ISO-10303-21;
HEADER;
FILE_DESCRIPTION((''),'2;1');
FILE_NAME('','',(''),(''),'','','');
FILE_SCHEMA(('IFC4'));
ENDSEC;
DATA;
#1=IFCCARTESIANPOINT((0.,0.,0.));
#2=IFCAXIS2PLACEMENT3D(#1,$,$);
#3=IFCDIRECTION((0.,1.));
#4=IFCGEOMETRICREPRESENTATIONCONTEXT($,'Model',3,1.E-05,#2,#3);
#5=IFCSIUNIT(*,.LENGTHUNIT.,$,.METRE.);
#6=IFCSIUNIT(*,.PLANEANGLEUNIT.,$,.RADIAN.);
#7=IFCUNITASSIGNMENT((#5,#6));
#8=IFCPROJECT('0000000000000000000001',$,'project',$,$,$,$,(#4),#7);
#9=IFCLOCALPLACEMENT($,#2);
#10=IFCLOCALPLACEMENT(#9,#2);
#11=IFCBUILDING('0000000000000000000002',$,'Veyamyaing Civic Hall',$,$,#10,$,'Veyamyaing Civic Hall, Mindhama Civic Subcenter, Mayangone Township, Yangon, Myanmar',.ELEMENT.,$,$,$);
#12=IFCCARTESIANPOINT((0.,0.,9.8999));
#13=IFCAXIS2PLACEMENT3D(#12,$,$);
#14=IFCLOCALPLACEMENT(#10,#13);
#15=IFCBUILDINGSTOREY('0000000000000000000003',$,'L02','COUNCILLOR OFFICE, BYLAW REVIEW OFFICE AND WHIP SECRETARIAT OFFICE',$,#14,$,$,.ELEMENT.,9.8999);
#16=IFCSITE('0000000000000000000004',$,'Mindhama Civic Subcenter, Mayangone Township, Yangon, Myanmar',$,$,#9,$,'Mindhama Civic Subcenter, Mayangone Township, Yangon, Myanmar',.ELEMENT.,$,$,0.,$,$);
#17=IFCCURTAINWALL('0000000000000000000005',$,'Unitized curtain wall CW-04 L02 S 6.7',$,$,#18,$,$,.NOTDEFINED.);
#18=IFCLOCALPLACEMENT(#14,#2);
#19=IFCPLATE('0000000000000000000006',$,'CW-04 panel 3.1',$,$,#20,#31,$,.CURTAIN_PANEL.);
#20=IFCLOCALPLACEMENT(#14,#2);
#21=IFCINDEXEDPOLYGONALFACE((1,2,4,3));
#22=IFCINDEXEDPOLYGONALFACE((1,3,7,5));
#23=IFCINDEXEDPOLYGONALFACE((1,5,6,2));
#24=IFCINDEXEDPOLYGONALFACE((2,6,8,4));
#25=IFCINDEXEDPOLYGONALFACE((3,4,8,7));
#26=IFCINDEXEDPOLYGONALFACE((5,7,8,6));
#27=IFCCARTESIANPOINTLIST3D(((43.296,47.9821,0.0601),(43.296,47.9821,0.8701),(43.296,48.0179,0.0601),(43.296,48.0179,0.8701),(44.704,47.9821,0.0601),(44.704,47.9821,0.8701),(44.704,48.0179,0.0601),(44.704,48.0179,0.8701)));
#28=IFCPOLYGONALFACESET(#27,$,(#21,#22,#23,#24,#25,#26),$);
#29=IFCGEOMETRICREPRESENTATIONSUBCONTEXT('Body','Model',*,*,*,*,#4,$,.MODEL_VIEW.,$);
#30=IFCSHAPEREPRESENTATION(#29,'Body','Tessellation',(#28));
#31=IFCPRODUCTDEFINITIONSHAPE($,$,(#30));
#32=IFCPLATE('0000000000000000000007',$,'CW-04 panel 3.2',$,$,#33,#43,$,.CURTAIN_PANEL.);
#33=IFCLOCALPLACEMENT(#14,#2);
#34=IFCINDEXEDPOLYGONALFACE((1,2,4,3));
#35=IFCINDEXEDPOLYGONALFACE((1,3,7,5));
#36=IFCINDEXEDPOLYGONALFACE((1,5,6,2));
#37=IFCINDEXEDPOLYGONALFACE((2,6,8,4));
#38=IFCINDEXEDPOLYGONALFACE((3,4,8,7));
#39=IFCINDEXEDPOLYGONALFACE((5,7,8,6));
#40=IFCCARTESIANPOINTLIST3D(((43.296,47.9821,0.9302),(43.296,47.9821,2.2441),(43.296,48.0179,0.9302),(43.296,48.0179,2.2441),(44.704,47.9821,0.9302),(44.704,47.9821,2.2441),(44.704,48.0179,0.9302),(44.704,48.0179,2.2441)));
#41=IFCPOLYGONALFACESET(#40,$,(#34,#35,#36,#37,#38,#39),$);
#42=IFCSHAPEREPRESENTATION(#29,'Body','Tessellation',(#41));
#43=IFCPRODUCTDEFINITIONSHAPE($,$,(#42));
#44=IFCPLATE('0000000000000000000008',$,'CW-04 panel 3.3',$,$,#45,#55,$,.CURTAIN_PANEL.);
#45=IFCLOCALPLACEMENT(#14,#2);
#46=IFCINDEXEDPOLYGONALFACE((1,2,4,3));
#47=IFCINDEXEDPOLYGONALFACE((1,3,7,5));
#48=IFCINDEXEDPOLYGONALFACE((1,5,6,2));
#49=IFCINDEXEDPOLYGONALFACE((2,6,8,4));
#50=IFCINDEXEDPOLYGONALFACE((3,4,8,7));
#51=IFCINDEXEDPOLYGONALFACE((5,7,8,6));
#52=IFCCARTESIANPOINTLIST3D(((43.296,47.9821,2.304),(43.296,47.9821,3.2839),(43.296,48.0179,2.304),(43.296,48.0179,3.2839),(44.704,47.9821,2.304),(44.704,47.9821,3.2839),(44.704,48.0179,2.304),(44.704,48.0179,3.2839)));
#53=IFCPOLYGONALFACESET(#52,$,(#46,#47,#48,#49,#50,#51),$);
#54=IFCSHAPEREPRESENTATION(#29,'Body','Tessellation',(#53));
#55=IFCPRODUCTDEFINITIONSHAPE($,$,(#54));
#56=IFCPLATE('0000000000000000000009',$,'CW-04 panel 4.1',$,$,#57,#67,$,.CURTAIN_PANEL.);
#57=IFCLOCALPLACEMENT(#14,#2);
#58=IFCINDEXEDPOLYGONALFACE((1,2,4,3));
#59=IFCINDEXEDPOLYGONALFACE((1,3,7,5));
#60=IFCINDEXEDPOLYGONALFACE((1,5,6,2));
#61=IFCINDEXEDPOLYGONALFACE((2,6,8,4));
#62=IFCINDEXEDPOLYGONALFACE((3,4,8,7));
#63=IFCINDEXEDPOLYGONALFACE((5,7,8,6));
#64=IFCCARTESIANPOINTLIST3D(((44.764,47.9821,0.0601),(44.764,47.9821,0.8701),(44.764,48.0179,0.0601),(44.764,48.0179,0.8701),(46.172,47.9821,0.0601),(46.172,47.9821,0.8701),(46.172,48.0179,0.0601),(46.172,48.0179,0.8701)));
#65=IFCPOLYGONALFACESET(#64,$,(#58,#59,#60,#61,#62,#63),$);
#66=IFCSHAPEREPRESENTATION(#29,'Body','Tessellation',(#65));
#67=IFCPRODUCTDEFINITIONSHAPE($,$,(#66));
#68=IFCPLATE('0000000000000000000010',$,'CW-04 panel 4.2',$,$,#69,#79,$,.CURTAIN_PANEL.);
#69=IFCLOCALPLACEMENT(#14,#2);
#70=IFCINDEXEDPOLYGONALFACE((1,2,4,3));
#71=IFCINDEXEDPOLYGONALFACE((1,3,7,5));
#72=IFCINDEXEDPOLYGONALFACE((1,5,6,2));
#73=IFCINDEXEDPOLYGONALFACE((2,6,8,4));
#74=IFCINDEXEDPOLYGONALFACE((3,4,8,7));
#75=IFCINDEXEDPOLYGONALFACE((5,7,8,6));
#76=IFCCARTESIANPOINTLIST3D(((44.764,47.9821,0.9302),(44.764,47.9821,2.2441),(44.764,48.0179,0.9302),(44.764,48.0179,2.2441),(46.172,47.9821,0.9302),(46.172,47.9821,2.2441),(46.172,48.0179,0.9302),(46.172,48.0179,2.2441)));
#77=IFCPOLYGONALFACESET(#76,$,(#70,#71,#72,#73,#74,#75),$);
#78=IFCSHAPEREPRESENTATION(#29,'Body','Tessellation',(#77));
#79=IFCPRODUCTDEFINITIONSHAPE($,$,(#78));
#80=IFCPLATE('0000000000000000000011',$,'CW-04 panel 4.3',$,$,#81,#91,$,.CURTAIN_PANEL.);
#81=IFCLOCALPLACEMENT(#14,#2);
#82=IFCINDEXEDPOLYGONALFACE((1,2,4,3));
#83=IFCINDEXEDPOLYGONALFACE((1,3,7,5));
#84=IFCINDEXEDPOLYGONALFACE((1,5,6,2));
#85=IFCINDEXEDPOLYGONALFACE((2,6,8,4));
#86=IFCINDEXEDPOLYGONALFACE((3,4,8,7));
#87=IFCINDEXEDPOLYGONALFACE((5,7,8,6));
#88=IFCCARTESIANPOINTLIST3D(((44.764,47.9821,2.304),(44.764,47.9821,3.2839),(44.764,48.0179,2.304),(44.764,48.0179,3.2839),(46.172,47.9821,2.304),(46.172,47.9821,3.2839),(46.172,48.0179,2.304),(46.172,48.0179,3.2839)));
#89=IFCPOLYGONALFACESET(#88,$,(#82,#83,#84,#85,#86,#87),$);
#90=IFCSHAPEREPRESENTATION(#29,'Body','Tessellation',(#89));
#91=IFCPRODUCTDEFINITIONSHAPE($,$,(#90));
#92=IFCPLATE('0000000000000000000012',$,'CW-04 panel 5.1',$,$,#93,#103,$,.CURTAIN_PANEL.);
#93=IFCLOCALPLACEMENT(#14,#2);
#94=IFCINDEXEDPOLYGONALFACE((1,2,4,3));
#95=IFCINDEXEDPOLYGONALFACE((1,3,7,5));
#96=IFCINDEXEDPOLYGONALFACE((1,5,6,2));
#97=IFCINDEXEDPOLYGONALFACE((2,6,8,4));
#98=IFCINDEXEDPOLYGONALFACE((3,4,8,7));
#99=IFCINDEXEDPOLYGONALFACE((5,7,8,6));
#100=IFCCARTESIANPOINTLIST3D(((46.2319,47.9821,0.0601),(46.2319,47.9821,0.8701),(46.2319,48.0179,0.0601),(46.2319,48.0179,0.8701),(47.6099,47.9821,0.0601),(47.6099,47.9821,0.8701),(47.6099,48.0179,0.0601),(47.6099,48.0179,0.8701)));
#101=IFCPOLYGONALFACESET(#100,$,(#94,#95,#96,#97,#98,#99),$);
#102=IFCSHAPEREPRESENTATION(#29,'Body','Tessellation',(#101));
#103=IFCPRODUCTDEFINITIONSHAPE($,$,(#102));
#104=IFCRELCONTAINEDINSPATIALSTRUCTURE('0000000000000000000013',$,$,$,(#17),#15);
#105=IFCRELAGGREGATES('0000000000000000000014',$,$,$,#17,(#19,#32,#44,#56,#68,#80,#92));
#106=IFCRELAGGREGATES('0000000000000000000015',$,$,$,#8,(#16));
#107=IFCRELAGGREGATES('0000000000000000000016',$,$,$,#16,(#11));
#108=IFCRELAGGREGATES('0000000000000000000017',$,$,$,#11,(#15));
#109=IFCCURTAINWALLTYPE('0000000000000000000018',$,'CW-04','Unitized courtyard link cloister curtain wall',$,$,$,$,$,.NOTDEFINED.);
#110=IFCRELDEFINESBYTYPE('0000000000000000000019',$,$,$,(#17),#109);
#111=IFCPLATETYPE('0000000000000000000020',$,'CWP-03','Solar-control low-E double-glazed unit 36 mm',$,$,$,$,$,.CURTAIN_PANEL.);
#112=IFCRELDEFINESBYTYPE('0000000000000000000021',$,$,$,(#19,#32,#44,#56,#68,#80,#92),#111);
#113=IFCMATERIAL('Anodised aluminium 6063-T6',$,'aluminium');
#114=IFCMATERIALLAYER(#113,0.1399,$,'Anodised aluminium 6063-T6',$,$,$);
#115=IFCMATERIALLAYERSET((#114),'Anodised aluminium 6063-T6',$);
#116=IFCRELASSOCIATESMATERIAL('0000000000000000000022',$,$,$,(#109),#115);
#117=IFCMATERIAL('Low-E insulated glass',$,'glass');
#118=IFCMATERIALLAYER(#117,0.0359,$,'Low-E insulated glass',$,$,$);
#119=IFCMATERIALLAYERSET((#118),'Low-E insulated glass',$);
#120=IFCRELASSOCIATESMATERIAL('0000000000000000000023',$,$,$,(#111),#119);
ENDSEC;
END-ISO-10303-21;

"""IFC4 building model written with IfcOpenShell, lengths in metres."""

from ifc_helpers import new_model, si_unit, direction, frame, origin, origin_2d, place, context, subcontext, project, spatial, rectangle, extrude, material, layer, layer_set, type_object, element, aggregate, save


model = new_model("IFC4")

# Units and contexts
model_context = context("Model", 3, precision=1e-05, world=origin(), true_north=direction((0.0, 1.0)))
body_context = subcontext(model_context, "Body", "Model", "MODEL_VIEW")
ifc_project = project(units=[si_unit("LENGTHUNIT", "METRE"), si_unit("PLANEANGLEUNIT", "RADIAN")], contexts=[model_context])

# Site, building, storey
site_placement = place(None, origin())
site = spatial("IfcSite", under=ifc_project, at=site_placement, Name="Mindhama Civic Subcenter, Mayangone Township, Yangon, Myanmar", LongName="Mindhama Civic Subcenter, Mayangone Township, Yangon, Myanmar", CompositionType="ELEMENT", RefElevation=0.0)
building_placement = place(site_placement, origin())
building = spatial("IfcBuilding", under=site, at=building_placement, Name="Veyamyaing Civic Hall", LongName="Veyamyaing Civic Hall, Mindhama Civic Subcenter, Mayangone Township, Yangon, Myanmar", CompositionType="ELEMENT")
storey_placement = place(building_placement, frame((0.0, 0.0, 9.8999)))
storey = spatial("IfcBuildingStorey", under=building, at=storey_placement, Name="L02", Description="COUNCILLOR OFFICE, BYLAW REVIEW OFFICE AND WHIP SECRETARIAT OFFICE", CompositionType="ELEMENT", Elevation=9.8999)

# Curtain wall, plates
ifc_material_1 = material(Name="Anodised aluminium 6063-T6", Category="aluminium")
ifc_layer_1 = layer(ifc_material_1, 0.1399, Name="Anodised aluminium 6063-T6")
ifc_layer_set_1 = layer_set([ifc_layer_1], Name="Anodised aluminium 6063-T6")
curtain_wall_type = type_object("IfcCurtainWallType", Name="CW-04", Description="Unitized courtyard link cloister curtain wall", PredefinedType="NOTDEFINED", material=ifc_layer_set_1)
curtain_wall_placement = place(storey_placement, origin())
curtain_wall = element("IfcCurtainWall", 1, at=curtain_wall_placement, inside=storey, type_object=curtain_wall_type, Name="Unitized curtain wall CW-04 L02 S 6.7", PredefinedType="NOTDEFINED")
ifc_material_2 = material(Name="Low-E insulated glass", Category="glass")
ifc_layer_2 = layer(ifc_material_2, 0.0359, Name="Low-E insulated glass")
ifc_layer_set_2 = layer_set([ifc_layer_2], Name="Low-E insulated glass")
plate_type = type_object("IfcPlateType", Name="CWP-03", Description="Solar-control low-E double-glazed unit 36 mm", PredefinedType="CURTAIN_PANEL", material=ifc_layer_set_2)
plate_1_placement = place(storey_placement, frame((44.0, 48.0, 0.0601), z_axis=(0.0, 0.0, 1.0), x_axis=(1.0, 0.0, 0.0)))
plate_1 = element("IfcPlate", 2, at=plate_1_placement, type_object=plate_type, Name="CW-04 panel 3.1", PredefinedType="CURTAIN_PANEL", context=body_context, shape_type="SweptSolid", body=[
    extrude(rectangle(XDim=1.408, YDim=0.0359, at=origin_2d()), origin(), (0.0, 0.0, 1.0), 0.8101),
])
plate_2_placement = place(storey_placement, frame((44.0, 48.0, 0.9302), z_axis=(0.0, 0.0, 1.0), x_axis=(1.0, 0.0, 0.0)))
plate_2 = element("IfcPlate", 3, at=plate_2_placement, type_object=plate_type, Name="CW-04 panel 3.2", PredefinedType="CURTAIN_PANEL", context=body_context, shape_type="SweptSolid", body=[
    extrude(rectangle(XDim=1.408, YDim=0.0359, at=origin_2d()), origin(), (0.0, 0.0, 1.0), 1.314),
])
plate_3_placement = place(storey_placement, frame((44.0, 48.0, 2.304), z_axis=(0.0, 0.0, 1.0), x_axis=(1.0, 0.0, 0.0)))
plate_3 = element("IfcPlate", 4, at=plate_3_placement, type_object=plate_type, Name="CW-04 panel 3.3", PredefinedType="CURTAIN_PANEL", context=body_context, shape_type="SweptSolid", body=[
    extrude(rectangle(XDim=1.408, YDim=0.0359, at=origin_2d()), origin(), (0.0, 0.0, 1.0), 0.98),
])
plate_4_placement = place(storey_placement, frame((45.468, 48.0, 0.0601), z_axis=(0.0, 0.0, 1.0), x_axis=(1.0, 0.0, 0.0)))
plate_4 = element("IfcPlate", 5, at=plate_4_placement, type_object=plate_type, Name="CW-04 panel 4.1", PredefinedType="CURTAIN_PANEL", context=body_context, shape_type="SweptSolid", body=[
    extrude(rectangle(XDim=1.408, YDim=0.0359, at=origin_2d()), origin(), (0.0, 0.0, 1.0), 0.8101),
])
plate_5_placement = place(storey_placement, frame((45.468, 48.0, 0.9302), z_axis=(0.0, 0.0, 1.0), x_axis=(1.0, 0.0, 0.0)))
plate_5 = element("IfcPlate", 6, at=plate_5_placement, type_object=plate_type, Name="CW-04 panel 4.2", PredefinedType="CURTAIN_PANEL", context=body_context, shape_type="SweptSolid", body=[
    extrude(rectangle(XDim=1.408, YDim=0.0359, at=origin_2d()), origin(), (0.0, 0.0, 1.0), 1.314),
])
plate_6_placement = place(storey_placement, frame((45.468, 48.0, 2.304), z_axis=(0.0, 0.0, 1.0), x_axis=(1.0, 0.0, 0.0)))
plate_6 = element("IfcPlate", 7, at=plate_6_placement, type_object=plate_type, Name="CW-04 panel 4.3", PredefinedType="CURTAIN_PANEL", context=body_context, shape_type="SweptSolid", body=[
    extrude(rectangle(XDim=1.408, YDim=0.0359, at=origin_2d()), origin(), (0.0, 0.0, 1.0), 0.98),
])
plate_7_placement = place(storey_placement, frame((46.9209, 48.0, 0.0601), z_axis=(0.0, 0.0, 1.0), x_axis=(1.0, 0.0, 0.0)))
plate_7 = element("IfcPlate", 8, at=plate_7_placement, type_object=plate_type, Name="CW-04 panel 5.1", PredefinedType="CURTAIN_PANEL", context=body_context, shape_type="SweptSolid", body=[
    extrude(rectangle(XDim=1.3779, YDim=0.0359, at=origin_2d()), origin(), (0.0, 0.0, 1.0), 0.8101),
])
aggregate(curtain_wall, [plate_1, plate_2, plate_3, plate_4, plate_5, plate_6, plate_7])

save(model, "model.ifc")
